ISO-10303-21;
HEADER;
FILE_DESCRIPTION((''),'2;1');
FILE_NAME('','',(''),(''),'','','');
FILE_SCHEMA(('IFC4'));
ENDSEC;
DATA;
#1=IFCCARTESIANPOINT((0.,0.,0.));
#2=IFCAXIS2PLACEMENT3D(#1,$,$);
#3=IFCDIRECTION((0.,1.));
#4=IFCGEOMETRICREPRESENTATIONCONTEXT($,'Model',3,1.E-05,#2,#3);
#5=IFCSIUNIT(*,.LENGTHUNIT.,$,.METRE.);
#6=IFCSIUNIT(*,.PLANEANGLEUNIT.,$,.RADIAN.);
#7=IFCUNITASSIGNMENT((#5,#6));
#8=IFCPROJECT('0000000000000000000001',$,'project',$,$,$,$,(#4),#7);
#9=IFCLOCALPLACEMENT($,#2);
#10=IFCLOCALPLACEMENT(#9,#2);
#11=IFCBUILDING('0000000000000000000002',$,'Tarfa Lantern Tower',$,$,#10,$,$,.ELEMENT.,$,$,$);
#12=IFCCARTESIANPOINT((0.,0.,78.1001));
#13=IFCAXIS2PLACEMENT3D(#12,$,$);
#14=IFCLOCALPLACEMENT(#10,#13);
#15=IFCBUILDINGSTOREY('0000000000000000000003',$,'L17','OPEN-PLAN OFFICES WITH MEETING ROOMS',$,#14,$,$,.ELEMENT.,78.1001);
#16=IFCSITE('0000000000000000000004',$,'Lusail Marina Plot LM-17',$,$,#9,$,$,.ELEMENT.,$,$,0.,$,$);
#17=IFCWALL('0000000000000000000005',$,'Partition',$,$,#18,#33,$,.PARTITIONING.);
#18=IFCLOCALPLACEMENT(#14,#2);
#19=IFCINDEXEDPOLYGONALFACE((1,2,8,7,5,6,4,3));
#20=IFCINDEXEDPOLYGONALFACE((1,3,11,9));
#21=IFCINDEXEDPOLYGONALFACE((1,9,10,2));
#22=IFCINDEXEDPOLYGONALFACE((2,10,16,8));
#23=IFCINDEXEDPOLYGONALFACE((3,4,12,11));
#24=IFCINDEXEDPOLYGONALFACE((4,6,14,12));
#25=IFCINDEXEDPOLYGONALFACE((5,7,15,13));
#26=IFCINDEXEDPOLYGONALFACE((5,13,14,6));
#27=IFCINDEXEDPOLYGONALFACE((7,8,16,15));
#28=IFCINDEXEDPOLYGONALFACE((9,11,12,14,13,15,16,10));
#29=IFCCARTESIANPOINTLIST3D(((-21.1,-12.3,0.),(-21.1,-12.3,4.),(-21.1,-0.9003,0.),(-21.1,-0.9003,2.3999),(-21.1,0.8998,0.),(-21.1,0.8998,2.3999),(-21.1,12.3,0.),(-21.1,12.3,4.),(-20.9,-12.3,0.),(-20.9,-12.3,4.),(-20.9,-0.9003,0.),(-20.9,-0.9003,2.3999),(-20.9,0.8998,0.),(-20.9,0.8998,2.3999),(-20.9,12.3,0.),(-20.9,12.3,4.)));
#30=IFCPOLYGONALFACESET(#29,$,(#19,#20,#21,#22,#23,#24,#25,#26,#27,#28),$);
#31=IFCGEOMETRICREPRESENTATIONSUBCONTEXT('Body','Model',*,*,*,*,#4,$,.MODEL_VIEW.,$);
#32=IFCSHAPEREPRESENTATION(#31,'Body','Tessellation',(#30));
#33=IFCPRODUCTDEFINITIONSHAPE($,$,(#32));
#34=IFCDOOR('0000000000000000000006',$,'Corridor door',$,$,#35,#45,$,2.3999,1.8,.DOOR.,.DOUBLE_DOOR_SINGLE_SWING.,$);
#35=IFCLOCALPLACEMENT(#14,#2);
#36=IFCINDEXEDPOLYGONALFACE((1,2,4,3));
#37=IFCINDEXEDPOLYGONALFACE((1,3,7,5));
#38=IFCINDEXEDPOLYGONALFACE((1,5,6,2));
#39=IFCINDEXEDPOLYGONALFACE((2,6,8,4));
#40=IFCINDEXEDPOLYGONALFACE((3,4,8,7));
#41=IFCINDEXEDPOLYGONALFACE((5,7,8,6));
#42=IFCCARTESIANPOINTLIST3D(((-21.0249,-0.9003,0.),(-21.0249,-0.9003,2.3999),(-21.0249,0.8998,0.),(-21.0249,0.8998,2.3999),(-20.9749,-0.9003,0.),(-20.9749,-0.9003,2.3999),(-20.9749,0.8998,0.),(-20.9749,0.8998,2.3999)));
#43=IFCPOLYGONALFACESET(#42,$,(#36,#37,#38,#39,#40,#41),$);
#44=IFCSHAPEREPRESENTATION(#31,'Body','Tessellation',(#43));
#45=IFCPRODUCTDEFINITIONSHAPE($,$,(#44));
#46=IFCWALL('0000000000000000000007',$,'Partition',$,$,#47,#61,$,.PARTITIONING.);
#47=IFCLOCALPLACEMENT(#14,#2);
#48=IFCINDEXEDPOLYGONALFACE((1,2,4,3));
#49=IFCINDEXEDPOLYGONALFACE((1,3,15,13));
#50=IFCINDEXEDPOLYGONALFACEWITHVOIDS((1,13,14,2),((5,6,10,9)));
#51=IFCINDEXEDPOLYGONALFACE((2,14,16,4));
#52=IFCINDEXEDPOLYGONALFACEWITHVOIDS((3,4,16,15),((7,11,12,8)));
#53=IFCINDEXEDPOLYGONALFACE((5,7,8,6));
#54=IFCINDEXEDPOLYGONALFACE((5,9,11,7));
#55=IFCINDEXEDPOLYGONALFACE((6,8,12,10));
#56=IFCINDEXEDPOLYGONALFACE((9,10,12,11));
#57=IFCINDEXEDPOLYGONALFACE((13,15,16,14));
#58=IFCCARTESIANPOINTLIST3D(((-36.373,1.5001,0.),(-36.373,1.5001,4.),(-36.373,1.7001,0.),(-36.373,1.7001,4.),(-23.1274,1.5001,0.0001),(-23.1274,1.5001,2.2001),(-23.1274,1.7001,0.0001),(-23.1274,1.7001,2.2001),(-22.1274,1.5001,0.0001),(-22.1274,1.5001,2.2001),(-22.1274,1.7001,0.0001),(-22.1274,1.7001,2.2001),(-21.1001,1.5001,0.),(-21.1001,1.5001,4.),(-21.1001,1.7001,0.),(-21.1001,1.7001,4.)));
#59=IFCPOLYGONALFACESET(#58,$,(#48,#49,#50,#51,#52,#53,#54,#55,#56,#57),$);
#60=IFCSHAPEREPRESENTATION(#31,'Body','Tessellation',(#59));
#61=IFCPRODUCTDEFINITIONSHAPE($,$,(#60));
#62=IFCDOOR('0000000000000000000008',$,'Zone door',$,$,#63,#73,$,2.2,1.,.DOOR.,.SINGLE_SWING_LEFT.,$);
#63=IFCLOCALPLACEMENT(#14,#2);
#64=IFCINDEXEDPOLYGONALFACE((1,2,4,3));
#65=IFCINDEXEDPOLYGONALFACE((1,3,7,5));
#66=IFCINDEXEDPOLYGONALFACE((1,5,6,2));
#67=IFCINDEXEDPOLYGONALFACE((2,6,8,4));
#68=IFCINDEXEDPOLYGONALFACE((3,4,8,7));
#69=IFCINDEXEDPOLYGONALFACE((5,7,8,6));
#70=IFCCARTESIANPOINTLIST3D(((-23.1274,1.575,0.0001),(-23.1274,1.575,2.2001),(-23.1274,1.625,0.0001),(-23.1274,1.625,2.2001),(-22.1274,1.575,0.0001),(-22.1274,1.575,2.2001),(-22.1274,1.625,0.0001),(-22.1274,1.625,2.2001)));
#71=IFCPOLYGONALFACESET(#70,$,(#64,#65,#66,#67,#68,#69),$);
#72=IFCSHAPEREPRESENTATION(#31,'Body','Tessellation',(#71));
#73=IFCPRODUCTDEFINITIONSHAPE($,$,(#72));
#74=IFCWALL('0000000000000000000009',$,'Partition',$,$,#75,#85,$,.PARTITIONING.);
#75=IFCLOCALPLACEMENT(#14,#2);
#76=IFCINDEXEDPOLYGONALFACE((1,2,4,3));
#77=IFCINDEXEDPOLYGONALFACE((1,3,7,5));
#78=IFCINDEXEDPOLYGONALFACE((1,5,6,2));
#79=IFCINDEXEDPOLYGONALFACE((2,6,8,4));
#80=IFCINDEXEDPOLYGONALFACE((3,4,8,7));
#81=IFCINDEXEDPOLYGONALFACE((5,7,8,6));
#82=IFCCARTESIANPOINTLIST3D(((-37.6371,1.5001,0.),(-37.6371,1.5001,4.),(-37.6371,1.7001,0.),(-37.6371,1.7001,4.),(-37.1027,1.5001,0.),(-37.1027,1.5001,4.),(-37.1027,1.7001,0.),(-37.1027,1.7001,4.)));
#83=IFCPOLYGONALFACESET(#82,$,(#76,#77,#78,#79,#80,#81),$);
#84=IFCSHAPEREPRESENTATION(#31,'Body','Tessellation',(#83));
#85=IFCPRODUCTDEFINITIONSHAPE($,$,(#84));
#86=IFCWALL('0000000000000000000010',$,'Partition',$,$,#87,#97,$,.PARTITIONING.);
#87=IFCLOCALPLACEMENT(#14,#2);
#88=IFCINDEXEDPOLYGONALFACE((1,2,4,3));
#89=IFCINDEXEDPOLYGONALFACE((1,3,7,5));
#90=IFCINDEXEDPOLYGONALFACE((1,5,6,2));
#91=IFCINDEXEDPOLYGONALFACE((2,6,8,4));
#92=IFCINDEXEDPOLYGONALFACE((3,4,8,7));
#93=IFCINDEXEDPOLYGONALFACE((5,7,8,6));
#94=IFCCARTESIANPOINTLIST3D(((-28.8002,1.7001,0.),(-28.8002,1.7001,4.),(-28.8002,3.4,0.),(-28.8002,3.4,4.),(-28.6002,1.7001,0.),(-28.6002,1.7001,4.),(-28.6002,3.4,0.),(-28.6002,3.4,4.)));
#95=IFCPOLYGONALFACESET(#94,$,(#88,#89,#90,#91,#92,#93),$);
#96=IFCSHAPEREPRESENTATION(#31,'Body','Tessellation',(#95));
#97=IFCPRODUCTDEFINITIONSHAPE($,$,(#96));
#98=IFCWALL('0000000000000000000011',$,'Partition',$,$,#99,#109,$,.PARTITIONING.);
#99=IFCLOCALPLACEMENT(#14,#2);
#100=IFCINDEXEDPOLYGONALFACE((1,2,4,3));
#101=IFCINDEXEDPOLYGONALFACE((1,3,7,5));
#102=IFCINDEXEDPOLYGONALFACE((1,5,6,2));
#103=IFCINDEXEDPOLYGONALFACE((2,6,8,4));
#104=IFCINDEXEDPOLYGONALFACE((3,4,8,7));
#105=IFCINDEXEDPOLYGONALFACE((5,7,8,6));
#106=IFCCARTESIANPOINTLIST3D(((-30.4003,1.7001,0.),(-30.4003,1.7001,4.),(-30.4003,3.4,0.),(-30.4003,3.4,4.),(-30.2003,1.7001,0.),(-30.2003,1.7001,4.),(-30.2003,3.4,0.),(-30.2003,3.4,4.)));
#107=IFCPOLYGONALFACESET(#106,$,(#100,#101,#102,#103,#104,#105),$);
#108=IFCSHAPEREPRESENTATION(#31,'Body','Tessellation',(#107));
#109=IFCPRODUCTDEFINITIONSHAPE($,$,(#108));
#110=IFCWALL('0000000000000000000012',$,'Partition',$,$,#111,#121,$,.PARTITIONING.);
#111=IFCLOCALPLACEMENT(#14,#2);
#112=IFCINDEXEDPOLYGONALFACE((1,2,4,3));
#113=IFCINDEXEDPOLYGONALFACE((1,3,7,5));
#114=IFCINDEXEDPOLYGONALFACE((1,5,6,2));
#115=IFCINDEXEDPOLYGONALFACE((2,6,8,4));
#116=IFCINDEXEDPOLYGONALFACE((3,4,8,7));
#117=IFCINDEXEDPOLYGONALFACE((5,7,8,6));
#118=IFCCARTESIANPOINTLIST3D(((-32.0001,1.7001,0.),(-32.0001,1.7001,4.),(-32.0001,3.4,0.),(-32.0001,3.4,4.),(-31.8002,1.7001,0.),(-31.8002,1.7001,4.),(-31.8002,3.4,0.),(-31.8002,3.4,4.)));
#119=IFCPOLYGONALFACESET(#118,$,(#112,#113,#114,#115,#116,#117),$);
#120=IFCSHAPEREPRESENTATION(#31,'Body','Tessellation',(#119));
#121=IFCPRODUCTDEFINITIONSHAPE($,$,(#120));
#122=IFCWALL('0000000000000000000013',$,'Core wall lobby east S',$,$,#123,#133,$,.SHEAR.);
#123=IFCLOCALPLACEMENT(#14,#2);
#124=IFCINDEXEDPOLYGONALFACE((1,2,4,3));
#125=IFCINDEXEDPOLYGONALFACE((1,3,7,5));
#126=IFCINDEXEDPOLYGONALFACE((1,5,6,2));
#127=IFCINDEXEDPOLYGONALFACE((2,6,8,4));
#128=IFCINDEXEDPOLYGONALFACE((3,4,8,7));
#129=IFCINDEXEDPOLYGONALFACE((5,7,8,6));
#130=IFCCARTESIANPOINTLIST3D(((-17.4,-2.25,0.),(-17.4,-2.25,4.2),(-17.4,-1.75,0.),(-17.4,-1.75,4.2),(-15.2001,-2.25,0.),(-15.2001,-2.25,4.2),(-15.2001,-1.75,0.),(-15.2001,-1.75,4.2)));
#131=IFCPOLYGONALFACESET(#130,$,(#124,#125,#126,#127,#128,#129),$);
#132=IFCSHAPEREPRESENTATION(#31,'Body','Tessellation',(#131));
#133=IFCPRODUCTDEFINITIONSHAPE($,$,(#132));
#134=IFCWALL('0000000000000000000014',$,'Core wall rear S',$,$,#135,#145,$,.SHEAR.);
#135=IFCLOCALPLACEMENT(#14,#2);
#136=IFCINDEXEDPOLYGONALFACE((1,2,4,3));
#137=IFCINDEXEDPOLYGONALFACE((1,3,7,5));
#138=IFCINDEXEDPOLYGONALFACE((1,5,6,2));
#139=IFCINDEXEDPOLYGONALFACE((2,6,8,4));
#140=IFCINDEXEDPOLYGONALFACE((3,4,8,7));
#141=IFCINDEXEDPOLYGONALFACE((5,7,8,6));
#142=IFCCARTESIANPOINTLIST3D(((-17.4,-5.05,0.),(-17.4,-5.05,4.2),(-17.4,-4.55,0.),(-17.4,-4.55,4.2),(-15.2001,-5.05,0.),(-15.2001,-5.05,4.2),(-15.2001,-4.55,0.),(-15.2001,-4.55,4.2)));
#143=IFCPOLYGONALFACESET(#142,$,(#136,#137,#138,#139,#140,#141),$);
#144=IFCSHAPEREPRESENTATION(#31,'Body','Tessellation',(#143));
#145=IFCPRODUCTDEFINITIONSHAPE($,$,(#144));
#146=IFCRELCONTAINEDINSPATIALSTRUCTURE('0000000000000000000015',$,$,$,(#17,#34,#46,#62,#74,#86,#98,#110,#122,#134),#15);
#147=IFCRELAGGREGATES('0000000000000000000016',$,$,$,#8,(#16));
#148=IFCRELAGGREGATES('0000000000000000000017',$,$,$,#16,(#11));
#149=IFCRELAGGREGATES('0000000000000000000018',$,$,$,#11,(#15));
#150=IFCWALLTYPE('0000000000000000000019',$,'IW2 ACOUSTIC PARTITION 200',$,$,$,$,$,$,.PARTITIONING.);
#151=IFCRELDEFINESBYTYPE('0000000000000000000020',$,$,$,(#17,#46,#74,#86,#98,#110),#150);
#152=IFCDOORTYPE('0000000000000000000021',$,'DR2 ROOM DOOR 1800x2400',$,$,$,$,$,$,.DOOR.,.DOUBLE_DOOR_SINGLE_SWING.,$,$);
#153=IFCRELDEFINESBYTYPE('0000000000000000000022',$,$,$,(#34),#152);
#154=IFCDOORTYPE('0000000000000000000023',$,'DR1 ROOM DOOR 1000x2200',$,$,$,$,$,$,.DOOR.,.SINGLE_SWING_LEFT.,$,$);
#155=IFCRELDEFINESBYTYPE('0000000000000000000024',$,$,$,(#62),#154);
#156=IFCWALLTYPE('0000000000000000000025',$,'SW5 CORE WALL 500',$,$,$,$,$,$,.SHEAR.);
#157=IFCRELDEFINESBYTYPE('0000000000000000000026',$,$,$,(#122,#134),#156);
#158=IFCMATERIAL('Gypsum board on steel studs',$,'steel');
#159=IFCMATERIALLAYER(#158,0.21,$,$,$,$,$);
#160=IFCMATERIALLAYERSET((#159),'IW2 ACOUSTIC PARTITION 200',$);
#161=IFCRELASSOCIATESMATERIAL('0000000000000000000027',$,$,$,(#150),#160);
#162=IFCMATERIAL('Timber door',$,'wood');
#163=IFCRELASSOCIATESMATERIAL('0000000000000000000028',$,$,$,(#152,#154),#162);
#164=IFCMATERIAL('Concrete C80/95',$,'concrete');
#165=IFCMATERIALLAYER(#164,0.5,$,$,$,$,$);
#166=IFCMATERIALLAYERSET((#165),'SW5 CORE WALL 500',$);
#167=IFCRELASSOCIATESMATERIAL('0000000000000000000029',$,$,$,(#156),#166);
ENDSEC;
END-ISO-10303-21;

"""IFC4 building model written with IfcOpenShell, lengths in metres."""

from ifc_helpers import new_model, si_unit, direction, frame, frame_2d, origin, place, context, subcontext, project, spatial, rectangle, extrude, material, layer, layer_set, type_object, element, fill, save


model = new_model("IFC4")

# Units and contexts
model_context = context("Model", 3, precision=1e-05, world=origin(), true_north=direction((0.0, 1.0)))
body_context = subcontext(model_context, "Body", "Model", "MODEL_VIEW")
ifc_project = project(units=[si_unit("LENGTHUNIT", "METRE"), si_unit("PLANEANGLEUNIT", "RADIAN")], contexts=[model_context])

# Site, building, storey
site_placement = place(None, origin())
site = spatial("IfcSite", under=ifc_project, at=site_placement, Name="Lusail Marina Plot LM-17", CompositionType="ELEMENT", RefElevation=0.0)
building_placement = place(site_placement, origin())
building = spatial("IfcBuilding", under=site, at=building_placement, Name="Tarfa Lantern Tower", CompositionType="ELEMENT")
storey_placement = place(building_placement, frame((0.0, 0.0, 78.1001)))
storey = spatial("IfcBuildingStorey", under=building, at=storey_placement, Name="L17", Description="OPEN-PLAN OFFICES WITH MEETING ROOMS", CompositionType="ELEMENT", Elevation=78.1001)

# Shared definitions
ifc_material_1 = material(Name="Concrete C80/95", Category="concrete")

# Shared definitions
ifc_material_2 = material(Name="Gypsum board on steel studs", Category="steel")
ifc_layer_1 = layer(ifc_material_2, 0.21)
ifc_layer_set_1 = layer_set([ifc_layer_1], Name="IW2 ACOUSTIC PARTITION 200")
wall_type_1 = type_object("IfcWallType", Name="IW2 ACOUSTIC PARTITION 200", PredefinedType="PARTITIONING", material=ifc_layer_set_1)

# Walls, openings, doors
wall_1_placement = place(storey_placement, frame((-21.0, -12.3, 0.0), z_axis=(0.0, 0.0, 1.0), x_axis=(0.0, 1.0, 0.0)))
wall_1 = element("IfcWall", 1, at=wall_1_placement, inside=storey, type_object=wall_type_1, Name="Partition", PredefinedType="PARTITIONING", context=body_context, shape_type="SweptSolid", body=[
    extrude(rectangle(XDim=24.6001, YDim=0.2, at=frame_2d((12.3, 0.0))), origin(), (0.0, 0.0, 1.0), 4.0),
])
opening_1_placement = place(wall_1_placement, frame((11.3999, 0.0, 0.0)))
opening_1 = element("IfcOpeningElement", 2, at=opening_1_placement, cuts=wall_1, PredefinedType="OPENING", context=body_context, shape_type="SweptSolid", body=[
    extrude(rectangle(XDim=1.8, YDim=2.3999, at=frame_2d((0.8999, 1.2))), frame((0.0, 0.1099, 0.0), z_axis=(0.0, -1.0, 0.0), x_axis=(1.0, 0.0, 0.0)), (0.0, 0.0, 1.0), 0.22),
])
ifc_material_3 = material(Name="Timber door", Category="wood")
door_type_1 = type_object("IfcDoorType", Name="DR2 ROOM DOOR 1800x2400", OperationType="DOUBLE_DOOR_SINGLE_SWING", PredefinedType="DOOR", material=ifc_material_3)
door_1_placement = place(opening_1_placement, origin())
door_1 = element("IfcDoor", 3, at=door_1_placement, inside=storey, type_object=door_type_1, Name="Corridor door", OperationType="DOUBLE_DOOR_SINGLE_SWING", OverallHeight=2.3999, OverallWidth=1.8, PredefinedType="DOOR", context=body_context, shape_type="SweptSolid", body=[
    extrude(rectangle(XDim=1.8, YDim=2.3999, at=frame_2d((0.8999, 1.2))), frame((0.0, 0.0249, 0.0), z_axis=(0.0, -1.0, 0.0), x_axis=(1.0, 0.0, 0.0)), (0.0, 0.0, 1.0), 0.05),
])
fill(opening_1, door_1)
wall_2_placement = place(storey_placement, frame((-21.1001, 1.6001, 0.0), z_axis=(0.0, 0.0, 1.0), x_axis=(-1.0, 0.0, 0.0)))
wall_2 = element("IfcWall", 4, at=wall_2_placement, inside=storey, type_object=wall_type_1, Name="Partition", PredefinedType="PARTITIONING", context=body_context, shape_type="SweptSolid", body=[
    extrude(rectangle(XDim=15.2729, YDim=0.2, at=frame_2d((7.6365, 0.0))), origin(), (0.0, 0.0, 1.0), 4.0),
])
opening_2_placement = place(wall_2_placement, frame((1.0273, 0.0, 0.0)))
opening_2 = element("IfcOpeningElement", 5, at=opening_2_placement, cuts=wall_2, PredefinedType="OPENING", context=body_context, shape_type="SweptSolid", body=[
    extrude(rectangle(XDim=1.0, YDim=2.2, at=frame_2d((0.5, 1.1001))), frame((0.0, 0.1099, 0.0), z_axis=(0.0, -1.0, 0.0), x_axis=(1.0, 0.0, 0.0)), (0.0, 0.0, 1.0), 0.22),
])
door_type_2 = type_object("IfcDoorType", Name="DR1 ROOM DOOR 1000x2200", OperationType="SINGLE_SWING_LEFT", PredefinedType="DOOR", material=ifc_material_3)
door_2_placement = place(opening_2_placement, frame((1.0, 0.0, 0.0), z_axis=(0.0, 0.0, 1.0), x_axis=(-1.0, 0.0, 0.0)))
door_2 = element("IfcDoor", 6, at=door_2_placement, inside=storey, type_object=door_type_2, Name="Zone door", OperationType="SINGLE_SWING_LEFT", OverallHeight=2.2, OverallWidth=1.0, PredefinedType="DOOR", context=body_context, shape_type="SweptSolid", body=[
    extrude(rectangle(XDim=1.0, YDim=2.2, at=frame_2d((0.5, 1.1001))), frame((0.0, 0.0249, 0.0), z_axis=(0.0, -1.0, 0.0), x_axis=(1.0, 0.0, 0.0)), (0.0, 0.0, 1.0), 0.05),
])
fill(opening_2, door_2)

# Walls
wall_3_placement = place(storey_placement, frame((-37.1028, 1.6001, 0.0), z_axis=(0.0, 0.0, 1.0), x_axis=(-1.0, 0.0, 0.0)))
element("IfcWall", 7, at=wall_3_placement, inside=storey, type_object=wall_type_1, Name="Partition", PredefinedType="PARTITIONING", context=body_context, shape_type="SweptSolid", body=[
    extrude(rectangle(XDim=0.5344, YDim=0.2, at=frame_2d((0.2671, 0.0))), origin(), (0.0, 0.0, 1.0), 4.0),
])
for number, where, z_axis, x_axis, name in (
    (8, (-28.7002, 1.7, 0.0), (0.0, 0.0, 1.0), (0.0, 1.0, 0.0), "Partition"),
    (9, (-30.3003, 1.7, 0.0), (0.0, 0.0, 1.0), (0.0, 1.0, 0.0), "Partition"),
    (10, (-31.9001, 1.7, 0.0), (0.0, 0.0, 1.0), (0.0, 1.0, 0.0), "Partition"),
):
    element("IfcWall", number, at=place(storey_placement, frame(where, z_axis=z_axis, x_axis=x_axis)), inside=storey, type_object=wall_type_1, Name=name, PredefinedType="PARTITIONING", context=body_context, shape_type="SweptSolid", body=[
        extrude(rectangle(XDim=1.7, YDim=0.2, at=frame_2d((0.8501, 0.0))), origin(), (0.0, 0.0, 1.0), 4.0),
    ])
ifc_layer_2 = layer(ifc_material_1, 0.5)
ifc_layer_set_2 = layer_set([ifc_layer_2], Name="SW5 CORE WALL 500")
wall_type_2 = type_object("IfcWallType", Name="SW5 CORE WALL 500", PredefinedType="SHEAR", material=ifc_layer_set_2)
for number, where, z_axis, x_axis, name in (
    (11, (-15.2, -2.0, 0.0), (0.0, 0.0, 1.0), (-1.0, 0.0, 0.0), "Core wall lobby east S"),
    (12, (-15.2, -4.8, 0.0), (0.0, 0.0, 1.0), (-1.0, 0.0, 0.0), "Core wall rear S"),
):
    element("IfcWall", number, at=place(storey_placement, frame(where, z_axis=z_axis, x_axis=x_axis)), inside=storey, type_object=wall_type_2, Name=name, PredefinedType="SHEAR", context=body_context, shape_type="SweptSolid", body=[
        extrude(rectangle(XDim=2.2, YDim=0.5, at=frame_2d((1.1001, 0.0))), origin(), (0.0, 0.0, 1.0), 4.2),
    ])

save(model, "model.ifc")
